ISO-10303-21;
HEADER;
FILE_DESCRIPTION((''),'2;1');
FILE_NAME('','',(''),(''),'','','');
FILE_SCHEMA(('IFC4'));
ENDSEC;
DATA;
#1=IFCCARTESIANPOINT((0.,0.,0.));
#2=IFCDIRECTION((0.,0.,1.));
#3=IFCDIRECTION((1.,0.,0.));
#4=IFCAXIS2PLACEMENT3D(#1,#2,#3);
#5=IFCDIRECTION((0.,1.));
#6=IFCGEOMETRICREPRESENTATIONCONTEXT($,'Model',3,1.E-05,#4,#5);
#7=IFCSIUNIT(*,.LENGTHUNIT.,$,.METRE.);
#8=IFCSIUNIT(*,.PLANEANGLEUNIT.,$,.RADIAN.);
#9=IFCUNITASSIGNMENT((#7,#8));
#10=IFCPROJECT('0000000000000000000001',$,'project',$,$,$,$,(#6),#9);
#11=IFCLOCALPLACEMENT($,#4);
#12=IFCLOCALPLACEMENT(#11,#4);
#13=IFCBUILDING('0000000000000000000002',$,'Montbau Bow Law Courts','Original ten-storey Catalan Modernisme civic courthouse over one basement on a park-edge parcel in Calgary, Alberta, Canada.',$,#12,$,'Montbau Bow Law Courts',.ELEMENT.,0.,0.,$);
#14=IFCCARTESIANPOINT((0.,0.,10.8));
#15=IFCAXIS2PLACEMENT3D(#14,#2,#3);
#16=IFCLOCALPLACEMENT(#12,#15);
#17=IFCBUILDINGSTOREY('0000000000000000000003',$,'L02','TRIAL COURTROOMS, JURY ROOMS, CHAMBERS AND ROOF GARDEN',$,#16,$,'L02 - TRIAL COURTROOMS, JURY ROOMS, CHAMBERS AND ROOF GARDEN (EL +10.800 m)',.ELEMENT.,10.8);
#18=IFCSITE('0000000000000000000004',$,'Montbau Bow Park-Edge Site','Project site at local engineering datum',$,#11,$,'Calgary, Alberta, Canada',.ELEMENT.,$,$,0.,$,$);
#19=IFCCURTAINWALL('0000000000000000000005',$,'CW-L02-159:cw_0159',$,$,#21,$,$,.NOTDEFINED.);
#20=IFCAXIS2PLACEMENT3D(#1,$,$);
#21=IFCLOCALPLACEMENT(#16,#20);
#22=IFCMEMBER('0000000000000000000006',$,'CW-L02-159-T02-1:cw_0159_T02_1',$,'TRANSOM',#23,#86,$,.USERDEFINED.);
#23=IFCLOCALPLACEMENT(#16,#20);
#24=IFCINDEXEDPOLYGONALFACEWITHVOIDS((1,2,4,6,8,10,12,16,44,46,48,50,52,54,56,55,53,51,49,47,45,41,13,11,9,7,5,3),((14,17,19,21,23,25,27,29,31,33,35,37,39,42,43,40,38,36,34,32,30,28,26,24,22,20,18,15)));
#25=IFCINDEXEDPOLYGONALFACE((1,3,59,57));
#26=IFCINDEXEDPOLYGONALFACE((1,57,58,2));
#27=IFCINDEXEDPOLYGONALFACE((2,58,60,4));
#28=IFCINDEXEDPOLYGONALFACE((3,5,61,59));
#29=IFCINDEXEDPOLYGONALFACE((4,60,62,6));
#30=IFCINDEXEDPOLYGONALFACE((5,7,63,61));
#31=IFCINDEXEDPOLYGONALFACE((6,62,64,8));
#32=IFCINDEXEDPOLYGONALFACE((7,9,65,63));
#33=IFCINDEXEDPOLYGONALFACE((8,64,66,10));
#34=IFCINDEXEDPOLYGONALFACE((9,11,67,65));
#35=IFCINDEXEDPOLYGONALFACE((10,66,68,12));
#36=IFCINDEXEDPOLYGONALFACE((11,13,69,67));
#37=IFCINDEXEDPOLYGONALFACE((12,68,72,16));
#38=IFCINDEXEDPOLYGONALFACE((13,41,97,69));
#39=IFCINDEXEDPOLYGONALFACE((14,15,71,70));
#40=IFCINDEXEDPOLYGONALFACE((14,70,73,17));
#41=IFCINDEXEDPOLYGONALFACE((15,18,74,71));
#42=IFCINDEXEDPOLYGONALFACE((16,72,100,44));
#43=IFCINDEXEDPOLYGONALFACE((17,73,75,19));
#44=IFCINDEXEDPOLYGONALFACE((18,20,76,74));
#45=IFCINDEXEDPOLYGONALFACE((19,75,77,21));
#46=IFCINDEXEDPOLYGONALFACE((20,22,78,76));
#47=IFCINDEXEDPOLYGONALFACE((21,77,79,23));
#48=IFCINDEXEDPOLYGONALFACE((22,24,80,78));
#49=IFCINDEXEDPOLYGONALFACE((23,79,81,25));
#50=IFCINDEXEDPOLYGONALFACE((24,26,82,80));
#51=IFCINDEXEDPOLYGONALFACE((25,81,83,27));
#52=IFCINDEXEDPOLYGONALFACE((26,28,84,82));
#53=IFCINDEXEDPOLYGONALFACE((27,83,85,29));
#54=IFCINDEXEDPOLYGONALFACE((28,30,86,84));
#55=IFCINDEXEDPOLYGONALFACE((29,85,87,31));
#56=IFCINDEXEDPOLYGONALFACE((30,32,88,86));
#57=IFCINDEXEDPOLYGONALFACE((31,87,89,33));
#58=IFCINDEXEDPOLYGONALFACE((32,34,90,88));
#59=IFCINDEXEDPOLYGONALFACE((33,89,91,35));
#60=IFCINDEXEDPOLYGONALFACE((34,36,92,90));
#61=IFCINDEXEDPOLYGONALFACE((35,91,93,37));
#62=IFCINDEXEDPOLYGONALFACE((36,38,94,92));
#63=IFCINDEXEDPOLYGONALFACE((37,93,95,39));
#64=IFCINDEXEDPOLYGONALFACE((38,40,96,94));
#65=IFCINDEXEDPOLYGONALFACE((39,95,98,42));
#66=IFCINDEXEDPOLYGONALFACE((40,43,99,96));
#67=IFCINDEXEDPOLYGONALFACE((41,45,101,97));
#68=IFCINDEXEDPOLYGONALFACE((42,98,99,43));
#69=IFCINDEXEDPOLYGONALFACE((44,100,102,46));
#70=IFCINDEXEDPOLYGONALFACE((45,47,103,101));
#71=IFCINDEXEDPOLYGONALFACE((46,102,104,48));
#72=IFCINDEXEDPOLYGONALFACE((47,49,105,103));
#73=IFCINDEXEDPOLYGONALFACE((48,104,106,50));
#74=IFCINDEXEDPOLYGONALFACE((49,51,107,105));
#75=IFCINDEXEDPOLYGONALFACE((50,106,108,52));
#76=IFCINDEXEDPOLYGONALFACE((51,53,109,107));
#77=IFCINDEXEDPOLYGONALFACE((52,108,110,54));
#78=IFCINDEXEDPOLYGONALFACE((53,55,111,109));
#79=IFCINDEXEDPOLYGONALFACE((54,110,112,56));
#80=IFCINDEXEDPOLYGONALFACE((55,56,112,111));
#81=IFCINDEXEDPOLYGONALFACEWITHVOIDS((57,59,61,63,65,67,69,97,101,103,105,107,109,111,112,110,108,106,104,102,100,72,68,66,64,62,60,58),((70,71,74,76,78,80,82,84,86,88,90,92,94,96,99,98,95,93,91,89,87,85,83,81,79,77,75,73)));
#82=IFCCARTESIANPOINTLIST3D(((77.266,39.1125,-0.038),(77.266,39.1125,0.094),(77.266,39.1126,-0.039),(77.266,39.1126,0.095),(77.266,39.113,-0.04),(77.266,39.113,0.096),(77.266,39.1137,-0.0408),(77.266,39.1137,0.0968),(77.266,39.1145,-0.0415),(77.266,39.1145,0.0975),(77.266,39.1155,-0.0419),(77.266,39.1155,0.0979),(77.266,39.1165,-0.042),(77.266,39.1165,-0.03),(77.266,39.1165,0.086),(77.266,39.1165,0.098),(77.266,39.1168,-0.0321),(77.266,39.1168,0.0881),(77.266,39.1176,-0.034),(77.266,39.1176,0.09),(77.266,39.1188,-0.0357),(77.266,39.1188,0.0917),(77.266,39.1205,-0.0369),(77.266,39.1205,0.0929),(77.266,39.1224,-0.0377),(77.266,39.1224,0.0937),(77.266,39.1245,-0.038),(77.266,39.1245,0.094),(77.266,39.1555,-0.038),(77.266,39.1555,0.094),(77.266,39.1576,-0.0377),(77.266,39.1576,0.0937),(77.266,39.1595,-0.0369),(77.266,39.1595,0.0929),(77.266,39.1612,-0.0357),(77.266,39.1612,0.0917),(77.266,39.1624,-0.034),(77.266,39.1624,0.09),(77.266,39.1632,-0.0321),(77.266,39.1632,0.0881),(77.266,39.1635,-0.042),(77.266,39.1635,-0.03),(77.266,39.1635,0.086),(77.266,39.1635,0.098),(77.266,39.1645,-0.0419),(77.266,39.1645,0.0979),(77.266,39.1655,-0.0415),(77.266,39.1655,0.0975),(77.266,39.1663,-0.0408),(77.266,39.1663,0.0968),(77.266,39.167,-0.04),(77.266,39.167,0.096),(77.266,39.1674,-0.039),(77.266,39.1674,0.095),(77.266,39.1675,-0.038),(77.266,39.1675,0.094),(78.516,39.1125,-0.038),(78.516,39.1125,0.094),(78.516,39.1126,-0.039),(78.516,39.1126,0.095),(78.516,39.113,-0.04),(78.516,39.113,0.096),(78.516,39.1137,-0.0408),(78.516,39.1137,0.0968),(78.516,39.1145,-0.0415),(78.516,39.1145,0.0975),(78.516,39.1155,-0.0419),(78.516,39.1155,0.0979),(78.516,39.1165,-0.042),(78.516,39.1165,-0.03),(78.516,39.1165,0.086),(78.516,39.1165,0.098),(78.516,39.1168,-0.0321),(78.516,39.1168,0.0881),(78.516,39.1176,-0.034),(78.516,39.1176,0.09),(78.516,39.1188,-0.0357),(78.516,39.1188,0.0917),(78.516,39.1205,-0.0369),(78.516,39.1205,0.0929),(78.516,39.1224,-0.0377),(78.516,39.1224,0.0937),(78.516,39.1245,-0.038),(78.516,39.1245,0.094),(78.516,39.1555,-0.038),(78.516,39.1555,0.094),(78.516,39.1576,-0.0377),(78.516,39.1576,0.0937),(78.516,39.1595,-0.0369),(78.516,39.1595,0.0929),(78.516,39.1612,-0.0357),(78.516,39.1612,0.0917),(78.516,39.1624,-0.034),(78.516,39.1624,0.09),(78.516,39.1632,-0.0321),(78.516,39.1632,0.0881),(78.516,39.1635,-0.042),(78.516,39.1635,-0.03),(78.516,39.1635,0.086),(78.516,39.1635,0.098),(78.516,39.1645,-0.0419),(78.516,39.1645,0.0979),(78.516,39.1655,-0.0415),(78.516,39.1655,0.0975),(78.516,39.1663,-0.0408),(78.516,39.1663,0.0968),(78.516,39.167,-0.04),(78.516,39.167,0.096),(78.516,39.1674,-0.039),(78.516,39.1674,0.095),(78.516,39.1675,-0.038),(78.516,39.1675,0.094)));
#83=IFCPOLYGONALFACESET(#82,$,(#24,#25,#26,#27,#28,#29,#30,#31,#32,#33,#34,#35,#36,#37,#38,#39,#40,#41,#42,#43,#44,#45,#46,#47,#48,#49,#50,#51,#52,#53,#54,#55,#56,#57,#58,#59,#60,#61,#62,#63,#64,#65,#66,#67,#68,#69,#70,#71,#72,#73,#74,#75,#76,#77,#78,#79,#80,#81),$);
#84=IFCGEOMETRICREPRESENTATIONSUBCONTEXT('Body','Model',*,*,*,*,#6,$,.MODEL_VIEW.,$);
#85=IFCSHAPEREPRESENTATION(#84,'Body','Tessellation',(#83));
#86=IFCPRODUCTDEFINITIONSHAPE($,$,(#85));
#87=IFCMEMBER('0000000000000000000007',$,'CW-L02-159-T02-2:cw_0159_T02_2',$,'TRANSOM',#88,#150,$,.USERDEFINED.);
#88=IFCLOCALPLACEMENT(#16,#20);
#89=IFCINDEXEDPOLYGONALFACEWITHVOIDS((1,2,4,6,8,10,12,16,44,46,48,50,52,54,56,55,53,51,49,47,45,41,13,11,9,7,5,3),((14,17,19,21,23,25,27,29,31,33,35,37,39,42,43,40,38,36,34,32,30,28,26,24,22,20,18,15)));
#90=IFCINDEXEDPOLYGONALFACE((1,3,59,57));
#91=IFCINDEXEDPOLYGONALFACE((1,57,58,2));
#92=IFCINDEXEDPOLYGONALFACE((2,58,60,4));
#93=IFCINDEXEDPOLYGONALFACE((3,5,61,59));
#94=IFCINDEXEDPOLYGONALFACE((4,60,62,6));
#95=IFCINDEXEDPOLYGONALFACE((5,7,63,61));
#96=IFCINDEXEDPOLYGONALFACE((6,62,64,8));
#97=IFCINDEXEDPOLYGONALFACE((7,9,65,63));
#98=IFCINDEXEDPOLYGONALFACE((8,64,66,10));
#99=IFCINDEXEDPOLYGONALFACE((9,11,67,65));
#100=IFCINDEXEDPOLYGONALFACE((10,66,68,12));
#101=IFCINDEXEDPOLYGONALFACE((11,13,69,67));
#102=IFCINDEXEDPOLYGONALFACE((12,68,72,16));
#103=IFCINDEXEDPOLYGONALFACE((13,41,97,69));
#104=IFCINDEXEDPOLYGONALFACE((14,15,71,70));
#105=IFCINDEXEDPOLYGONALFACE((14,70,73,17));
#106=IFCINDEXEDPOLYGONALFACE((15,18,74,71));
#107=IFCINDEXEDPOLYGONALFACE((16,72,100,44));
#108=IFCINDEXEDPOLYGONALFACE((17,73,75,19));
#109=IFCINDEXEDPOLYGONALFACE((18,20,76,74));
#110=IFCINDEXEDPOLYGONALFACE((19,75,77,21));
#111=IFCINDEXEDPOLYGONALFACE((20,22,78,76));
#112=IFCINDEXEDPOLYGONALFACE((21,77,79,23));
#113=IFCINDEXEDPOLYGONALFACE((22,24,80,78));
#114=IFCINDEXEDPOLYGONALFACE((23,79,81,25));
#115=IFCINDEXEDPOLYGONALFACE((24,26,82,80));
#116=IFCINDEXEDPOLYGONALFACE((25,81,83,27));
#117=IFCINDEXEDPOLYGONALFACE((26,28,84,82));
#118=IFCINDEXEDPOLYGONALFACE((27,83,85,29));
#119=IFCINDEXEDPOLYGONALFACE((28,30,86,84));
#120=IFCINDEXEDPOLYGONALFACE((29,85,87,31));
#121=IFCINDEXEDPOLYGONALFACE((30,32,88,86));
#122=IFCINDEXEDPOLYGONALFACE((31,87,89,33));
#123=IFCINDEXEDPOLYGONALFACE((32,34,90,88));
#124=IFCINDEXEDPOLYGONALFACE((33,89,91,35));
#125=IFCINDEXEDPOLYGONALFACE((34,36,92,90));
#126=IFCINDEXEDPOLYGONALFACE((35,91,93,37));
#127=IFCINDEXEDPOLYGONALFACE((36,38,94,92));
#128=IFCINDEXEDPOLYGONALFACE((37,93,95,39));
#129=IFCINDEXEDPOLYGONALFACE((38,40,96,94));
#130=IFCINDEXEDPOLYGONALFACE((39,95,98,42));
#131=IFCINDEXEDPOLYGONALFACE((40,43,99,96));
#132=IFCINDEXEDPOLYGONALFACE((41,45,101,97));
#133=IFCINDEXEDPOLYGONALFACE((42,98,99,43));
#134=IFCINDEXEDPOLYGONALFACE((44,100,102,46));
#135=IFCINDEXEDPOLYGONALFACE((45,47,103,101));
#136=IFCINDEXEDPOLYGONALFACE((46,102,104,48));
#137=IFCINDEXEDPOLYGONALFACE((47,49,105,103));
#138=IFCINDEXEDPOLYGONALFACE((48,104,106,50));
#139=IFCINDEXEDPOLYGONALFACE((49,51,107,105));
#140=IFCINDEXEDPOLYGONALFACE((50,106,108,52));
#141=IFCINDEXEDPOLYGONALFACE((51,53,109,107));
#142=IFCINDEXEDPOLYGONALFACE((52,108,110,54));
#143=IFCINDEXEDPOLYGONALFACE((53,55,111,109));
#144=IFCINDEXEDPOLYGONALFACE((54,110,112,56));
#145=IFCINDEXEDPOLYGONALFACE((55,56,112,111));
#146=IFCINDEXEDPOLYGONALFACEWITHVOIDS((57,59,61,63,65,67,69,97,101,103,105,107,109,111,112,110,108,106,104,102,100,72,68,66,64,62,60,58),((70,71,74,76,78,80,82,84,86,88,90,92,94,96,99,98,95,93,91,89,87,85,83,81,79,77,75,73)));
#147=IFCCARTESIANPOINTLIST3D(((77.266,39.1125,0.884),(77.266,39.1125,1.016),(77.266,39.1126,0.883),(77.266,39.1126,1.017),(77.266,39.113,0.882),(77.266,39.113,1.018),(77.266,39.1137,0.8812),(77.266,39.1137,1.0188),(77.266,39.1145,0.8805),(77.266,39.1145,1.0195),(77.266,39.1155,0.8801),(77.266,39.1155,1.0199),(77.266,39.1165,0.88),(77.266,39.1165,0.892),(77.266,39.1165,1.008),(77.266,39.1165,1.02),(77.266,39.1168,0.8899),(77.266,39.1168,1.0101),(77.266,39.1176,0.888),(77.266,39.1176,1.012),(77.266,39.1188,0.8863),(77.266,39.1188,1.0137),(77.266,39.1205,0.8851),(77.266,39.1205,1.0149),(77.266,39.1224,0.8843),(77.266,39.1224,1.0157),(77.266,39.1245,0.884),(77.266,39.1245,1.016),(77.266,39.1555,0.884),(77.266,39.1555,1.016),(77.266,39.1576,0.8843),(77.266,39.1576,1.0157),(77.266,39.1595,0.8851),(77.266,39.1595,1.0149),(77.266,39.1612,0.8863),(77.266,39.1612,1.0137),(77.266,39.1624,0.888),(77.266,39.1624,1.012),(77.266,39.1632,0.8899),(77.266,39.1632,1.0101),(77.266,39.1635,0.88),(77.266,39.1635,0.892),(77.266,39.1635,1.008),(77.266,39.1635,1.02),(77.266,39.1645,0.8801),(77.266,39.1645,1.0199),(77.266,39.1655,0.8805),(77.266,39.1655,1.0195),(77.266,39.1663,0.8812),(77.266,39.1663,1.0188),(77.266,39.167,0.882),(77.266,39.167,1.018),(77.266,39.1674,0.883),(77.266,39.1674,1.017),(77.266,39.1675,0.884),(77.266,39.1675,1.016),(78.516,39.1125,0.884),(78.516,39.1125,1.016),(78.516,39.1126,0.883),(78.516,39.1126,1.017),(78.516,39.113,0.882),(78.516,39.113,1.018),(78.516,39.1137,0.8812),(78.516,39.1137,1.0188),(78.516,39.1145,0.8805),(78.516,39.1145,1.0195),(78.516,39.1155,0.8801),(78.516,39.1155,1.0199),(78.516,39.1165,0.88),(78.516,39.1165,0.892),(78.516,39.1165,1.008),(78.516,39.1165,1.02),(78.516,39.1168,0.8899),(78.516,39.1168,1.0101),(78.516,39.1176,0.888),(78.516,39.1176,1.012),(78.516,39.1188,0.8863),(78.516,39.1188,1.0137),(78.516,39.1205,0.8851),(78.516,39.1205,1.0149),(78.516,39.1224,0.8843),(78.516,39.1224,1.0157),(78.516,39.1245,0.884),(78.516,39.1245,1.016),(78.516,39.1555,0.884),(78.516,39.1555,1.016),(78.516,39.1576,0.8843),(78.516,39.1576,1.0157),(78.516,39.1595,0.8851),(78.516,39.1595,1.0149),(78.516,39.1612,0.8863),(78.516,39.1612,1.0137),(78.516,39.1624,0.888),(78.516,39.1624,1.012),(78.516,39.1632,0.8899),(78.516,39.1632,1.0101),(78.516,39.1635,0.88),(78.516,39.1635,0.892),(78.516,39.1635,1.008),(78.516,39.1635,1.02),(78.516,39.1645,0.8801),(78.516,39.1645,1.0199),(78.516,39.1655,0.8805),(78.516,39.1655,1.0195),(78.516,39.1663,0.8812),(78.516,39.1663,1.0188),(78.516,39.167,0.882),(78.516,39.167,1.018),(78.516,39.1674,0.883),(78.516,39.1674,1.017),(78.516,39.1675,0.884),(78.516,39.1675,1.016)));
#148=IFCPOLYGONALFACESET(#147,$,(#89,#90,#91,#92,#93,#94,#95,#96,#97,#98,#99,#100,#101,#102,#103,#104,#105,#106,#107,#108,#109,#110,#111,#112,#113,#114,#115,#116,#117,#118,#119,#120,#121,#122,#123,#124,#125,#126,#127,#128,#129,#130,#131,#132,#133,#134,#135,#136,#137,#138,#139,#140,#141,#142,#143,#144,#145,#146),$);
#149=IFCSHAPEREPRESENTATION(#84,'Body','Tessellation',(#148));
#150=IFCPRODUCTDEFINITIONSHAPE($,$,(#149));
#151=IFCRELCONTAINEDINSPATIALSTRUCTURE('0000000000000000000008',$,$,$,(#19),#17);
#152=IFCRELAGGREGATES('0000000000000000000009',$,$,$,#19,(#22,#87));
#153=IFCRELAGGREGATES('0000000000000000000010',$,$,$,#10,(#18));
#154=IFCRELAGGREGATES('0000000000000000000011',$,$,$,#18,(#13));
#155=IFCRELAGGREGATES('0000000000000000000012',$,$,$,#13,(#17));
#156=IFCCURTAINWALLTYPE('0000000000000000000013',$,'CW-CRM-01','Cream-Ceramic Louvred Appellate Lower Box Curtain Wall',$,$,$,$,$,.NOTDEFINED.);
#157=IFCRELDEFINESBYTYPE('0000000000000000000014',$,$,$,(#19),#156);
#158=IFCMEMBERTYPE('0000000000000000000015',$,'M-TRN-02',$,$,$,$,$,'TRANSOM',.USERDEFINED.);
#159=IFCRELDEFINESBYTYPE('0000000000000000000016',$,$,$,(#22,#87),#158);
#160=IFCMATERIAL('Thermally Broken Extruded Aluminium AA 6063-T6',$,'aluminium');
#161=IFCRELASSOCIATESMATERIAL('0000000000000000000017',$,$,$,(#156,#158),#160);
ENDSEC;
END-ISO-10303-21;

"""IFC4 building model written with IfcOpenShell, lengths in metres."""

from ifc_helpers import new_model, si_unit, direction, frame, origin_with_axes, origin_2d_with_axis, place, context, subcontext, project, spatial, hollow_rectangle, extrude, material, material_profile, profile_set, type_object, element, aggregate, save


model = new_model("IFC4")

# Units and contexts
model_context = context("Model", 3, precision=1e-05, world=origin_with_axes(), true_north=direction((0.0, 1.0)))
body_context = subcontext(model_context, "Body", "Model", "MODEL_VIEW")
ifc_project = project(units=[si_unit("LENGTHUNIT", "METRE"), si_unit("PLANEANGLEUNIT", "RADIAN")], contexts=[model_context])

# Site, building, storey
site_placement = place(None, origin_with_axes())
site = spatial("IfcSite", under=ifc_project, at=site_placement, Name="Montbau Bow Park-Edge Site", Description="Project site at local engineering datum", LongName="Calgary, Alberta, Canada", CompositionType="ELEMENT", RefElevation=0.0)
building_placement = place(site_placement, origin_with_axes())
building = spatial("IfcBuilding", under=site, at=building_placement, Name="Montbau Bow Law Courts", Description="Original ten-storey Catalan Modernisme civic courthouse over one basement on a park-edge parcel in Calgary, Alberta, Canada.", LongName="Montbau Bow Law Courts", CompositionType="ELEMENT", ElevationOfRefHeight=0.0, ElevationOfTerrain=0.0)
storey_placement = place(building_placement, frame((0.0, 0.0, 10.8), z_axis=(0.0, 0.0, 1.0), x_axis=(1.0, 0.0, 0.0)))
storey = spatial("IfcBuildingStorey", under=building, at=storey_placement, Name="L02", Description="TRIAL COURTROOMS, JURY ROOMS, CHAMBERS AND ROOF GARDEN", LongName="L02 - TRIAL COURTROOMS, JURY ROOMS, CHAMBERS AND ROOF GARDEN (EL +10.800 m)", CompositionType="ELEMENT", Elevation=10.8)

# Curtain wall
ifc_material_1 = material(Name="Thermally Broken Extruded Aluminium AA 6063-T6", Category="aluminium")
curtain_wall_type = type_object("IfcCurtainWallType", Name="CW-CRM-01", Description="Cream-Ceramic Louvred Appellate Lower Box Curtain Wall", PredefinedType="NOTDEFINED", material=ifc_material_1)
curtain_wall_1_placement = place(None, frame((75.897, 39.14, 10.8), z_axis=(0.0, 0.0, 1.0), x_axis=(1.0, 0.0, 0.0)))
curtain_wall_1 = element("IfcCurtainWall", 1, at=curtain_wall_1_placement, inside=storey, type_object=curtain_wall_type, Name="CW-L02-159:cw_0159", PredefinedType="NOTDEFINED")

# Members
ifc_material_profile_1 = material_profile(ifc_material_1, hollow_rectangle(XDim=0.055, YDim=0.14, WallThickness=0.004, InnerFilletRadius=0.008, OuterFilletRadius=0.004, at=origin_2d_with_axis()), Name="CWT-140X55", Category="Main", Priority=0)
ifc_profile_set_1 = profile_set([ifc_material_profile_1], Name="Thermally Broken Extruded Aluminium AA 6063-T6")
member_type_1 = type_object("IfcMemberType", Name="M-TRN-02", ElementType="TRANSOM", PredefinedType="USERDEFINED", material=ifc_profile_set_1)
member_1_placement = place(None, frame((77.266, 39.14, 10.828), z_axis=(1.0, 0.0, 0.0), x_axis=(0.0, 1.0, 0.0)))
member_1 = element("IfcMember", 2, at=member_1_placement, type_object=member_type_1, Name="CW-L02-159-T02-1:cw_0159_T02_1", ObjectType="TRANSOM", PredefinedType="USERDEFINED", context=body_context, shape_type="SweptSolid", body=[
    extrude(hollow_rectangle(XDim=0.055, YDim=0.14, WallThickness=0.004, InnerFilletRadius=0.008, OuterFilletRadius=0.004, at=origin_2d_with_axis()), origin_with_axes(), (0.0, 0.0, 1.0), 1.25),
])
member_2_placement = place(None, frame((77.266, 39.14, 11.75), z_axis=(1.0, 0.0, 0.0), x_axis=(0.0, 1.0, 0.0)))
member_2 = element("IfcMember", 3, at=member_2_placement, type_object=member_type_1, Name="CW-L02-159-T02-2:cw_0159_T02_2", ObjectType="TRANSOM", PredefinedType="USERDEFINED", context=body_context, shape_type="SweptSolid", body=[
    extrude(hollow_rectangle(XDim=0.055, YDim=0.14, WallThickness=0.004, InnerFilletRadius=0.008, OuterFilletRadius=0.004, at=origin_2d_with_axis()), origin_with_axes(), (0.0, 0.0, 1.0), 1.25),
])

aggregate(curtain_wall_1, [member_1, member_2])

save(model, "model.ifc")
